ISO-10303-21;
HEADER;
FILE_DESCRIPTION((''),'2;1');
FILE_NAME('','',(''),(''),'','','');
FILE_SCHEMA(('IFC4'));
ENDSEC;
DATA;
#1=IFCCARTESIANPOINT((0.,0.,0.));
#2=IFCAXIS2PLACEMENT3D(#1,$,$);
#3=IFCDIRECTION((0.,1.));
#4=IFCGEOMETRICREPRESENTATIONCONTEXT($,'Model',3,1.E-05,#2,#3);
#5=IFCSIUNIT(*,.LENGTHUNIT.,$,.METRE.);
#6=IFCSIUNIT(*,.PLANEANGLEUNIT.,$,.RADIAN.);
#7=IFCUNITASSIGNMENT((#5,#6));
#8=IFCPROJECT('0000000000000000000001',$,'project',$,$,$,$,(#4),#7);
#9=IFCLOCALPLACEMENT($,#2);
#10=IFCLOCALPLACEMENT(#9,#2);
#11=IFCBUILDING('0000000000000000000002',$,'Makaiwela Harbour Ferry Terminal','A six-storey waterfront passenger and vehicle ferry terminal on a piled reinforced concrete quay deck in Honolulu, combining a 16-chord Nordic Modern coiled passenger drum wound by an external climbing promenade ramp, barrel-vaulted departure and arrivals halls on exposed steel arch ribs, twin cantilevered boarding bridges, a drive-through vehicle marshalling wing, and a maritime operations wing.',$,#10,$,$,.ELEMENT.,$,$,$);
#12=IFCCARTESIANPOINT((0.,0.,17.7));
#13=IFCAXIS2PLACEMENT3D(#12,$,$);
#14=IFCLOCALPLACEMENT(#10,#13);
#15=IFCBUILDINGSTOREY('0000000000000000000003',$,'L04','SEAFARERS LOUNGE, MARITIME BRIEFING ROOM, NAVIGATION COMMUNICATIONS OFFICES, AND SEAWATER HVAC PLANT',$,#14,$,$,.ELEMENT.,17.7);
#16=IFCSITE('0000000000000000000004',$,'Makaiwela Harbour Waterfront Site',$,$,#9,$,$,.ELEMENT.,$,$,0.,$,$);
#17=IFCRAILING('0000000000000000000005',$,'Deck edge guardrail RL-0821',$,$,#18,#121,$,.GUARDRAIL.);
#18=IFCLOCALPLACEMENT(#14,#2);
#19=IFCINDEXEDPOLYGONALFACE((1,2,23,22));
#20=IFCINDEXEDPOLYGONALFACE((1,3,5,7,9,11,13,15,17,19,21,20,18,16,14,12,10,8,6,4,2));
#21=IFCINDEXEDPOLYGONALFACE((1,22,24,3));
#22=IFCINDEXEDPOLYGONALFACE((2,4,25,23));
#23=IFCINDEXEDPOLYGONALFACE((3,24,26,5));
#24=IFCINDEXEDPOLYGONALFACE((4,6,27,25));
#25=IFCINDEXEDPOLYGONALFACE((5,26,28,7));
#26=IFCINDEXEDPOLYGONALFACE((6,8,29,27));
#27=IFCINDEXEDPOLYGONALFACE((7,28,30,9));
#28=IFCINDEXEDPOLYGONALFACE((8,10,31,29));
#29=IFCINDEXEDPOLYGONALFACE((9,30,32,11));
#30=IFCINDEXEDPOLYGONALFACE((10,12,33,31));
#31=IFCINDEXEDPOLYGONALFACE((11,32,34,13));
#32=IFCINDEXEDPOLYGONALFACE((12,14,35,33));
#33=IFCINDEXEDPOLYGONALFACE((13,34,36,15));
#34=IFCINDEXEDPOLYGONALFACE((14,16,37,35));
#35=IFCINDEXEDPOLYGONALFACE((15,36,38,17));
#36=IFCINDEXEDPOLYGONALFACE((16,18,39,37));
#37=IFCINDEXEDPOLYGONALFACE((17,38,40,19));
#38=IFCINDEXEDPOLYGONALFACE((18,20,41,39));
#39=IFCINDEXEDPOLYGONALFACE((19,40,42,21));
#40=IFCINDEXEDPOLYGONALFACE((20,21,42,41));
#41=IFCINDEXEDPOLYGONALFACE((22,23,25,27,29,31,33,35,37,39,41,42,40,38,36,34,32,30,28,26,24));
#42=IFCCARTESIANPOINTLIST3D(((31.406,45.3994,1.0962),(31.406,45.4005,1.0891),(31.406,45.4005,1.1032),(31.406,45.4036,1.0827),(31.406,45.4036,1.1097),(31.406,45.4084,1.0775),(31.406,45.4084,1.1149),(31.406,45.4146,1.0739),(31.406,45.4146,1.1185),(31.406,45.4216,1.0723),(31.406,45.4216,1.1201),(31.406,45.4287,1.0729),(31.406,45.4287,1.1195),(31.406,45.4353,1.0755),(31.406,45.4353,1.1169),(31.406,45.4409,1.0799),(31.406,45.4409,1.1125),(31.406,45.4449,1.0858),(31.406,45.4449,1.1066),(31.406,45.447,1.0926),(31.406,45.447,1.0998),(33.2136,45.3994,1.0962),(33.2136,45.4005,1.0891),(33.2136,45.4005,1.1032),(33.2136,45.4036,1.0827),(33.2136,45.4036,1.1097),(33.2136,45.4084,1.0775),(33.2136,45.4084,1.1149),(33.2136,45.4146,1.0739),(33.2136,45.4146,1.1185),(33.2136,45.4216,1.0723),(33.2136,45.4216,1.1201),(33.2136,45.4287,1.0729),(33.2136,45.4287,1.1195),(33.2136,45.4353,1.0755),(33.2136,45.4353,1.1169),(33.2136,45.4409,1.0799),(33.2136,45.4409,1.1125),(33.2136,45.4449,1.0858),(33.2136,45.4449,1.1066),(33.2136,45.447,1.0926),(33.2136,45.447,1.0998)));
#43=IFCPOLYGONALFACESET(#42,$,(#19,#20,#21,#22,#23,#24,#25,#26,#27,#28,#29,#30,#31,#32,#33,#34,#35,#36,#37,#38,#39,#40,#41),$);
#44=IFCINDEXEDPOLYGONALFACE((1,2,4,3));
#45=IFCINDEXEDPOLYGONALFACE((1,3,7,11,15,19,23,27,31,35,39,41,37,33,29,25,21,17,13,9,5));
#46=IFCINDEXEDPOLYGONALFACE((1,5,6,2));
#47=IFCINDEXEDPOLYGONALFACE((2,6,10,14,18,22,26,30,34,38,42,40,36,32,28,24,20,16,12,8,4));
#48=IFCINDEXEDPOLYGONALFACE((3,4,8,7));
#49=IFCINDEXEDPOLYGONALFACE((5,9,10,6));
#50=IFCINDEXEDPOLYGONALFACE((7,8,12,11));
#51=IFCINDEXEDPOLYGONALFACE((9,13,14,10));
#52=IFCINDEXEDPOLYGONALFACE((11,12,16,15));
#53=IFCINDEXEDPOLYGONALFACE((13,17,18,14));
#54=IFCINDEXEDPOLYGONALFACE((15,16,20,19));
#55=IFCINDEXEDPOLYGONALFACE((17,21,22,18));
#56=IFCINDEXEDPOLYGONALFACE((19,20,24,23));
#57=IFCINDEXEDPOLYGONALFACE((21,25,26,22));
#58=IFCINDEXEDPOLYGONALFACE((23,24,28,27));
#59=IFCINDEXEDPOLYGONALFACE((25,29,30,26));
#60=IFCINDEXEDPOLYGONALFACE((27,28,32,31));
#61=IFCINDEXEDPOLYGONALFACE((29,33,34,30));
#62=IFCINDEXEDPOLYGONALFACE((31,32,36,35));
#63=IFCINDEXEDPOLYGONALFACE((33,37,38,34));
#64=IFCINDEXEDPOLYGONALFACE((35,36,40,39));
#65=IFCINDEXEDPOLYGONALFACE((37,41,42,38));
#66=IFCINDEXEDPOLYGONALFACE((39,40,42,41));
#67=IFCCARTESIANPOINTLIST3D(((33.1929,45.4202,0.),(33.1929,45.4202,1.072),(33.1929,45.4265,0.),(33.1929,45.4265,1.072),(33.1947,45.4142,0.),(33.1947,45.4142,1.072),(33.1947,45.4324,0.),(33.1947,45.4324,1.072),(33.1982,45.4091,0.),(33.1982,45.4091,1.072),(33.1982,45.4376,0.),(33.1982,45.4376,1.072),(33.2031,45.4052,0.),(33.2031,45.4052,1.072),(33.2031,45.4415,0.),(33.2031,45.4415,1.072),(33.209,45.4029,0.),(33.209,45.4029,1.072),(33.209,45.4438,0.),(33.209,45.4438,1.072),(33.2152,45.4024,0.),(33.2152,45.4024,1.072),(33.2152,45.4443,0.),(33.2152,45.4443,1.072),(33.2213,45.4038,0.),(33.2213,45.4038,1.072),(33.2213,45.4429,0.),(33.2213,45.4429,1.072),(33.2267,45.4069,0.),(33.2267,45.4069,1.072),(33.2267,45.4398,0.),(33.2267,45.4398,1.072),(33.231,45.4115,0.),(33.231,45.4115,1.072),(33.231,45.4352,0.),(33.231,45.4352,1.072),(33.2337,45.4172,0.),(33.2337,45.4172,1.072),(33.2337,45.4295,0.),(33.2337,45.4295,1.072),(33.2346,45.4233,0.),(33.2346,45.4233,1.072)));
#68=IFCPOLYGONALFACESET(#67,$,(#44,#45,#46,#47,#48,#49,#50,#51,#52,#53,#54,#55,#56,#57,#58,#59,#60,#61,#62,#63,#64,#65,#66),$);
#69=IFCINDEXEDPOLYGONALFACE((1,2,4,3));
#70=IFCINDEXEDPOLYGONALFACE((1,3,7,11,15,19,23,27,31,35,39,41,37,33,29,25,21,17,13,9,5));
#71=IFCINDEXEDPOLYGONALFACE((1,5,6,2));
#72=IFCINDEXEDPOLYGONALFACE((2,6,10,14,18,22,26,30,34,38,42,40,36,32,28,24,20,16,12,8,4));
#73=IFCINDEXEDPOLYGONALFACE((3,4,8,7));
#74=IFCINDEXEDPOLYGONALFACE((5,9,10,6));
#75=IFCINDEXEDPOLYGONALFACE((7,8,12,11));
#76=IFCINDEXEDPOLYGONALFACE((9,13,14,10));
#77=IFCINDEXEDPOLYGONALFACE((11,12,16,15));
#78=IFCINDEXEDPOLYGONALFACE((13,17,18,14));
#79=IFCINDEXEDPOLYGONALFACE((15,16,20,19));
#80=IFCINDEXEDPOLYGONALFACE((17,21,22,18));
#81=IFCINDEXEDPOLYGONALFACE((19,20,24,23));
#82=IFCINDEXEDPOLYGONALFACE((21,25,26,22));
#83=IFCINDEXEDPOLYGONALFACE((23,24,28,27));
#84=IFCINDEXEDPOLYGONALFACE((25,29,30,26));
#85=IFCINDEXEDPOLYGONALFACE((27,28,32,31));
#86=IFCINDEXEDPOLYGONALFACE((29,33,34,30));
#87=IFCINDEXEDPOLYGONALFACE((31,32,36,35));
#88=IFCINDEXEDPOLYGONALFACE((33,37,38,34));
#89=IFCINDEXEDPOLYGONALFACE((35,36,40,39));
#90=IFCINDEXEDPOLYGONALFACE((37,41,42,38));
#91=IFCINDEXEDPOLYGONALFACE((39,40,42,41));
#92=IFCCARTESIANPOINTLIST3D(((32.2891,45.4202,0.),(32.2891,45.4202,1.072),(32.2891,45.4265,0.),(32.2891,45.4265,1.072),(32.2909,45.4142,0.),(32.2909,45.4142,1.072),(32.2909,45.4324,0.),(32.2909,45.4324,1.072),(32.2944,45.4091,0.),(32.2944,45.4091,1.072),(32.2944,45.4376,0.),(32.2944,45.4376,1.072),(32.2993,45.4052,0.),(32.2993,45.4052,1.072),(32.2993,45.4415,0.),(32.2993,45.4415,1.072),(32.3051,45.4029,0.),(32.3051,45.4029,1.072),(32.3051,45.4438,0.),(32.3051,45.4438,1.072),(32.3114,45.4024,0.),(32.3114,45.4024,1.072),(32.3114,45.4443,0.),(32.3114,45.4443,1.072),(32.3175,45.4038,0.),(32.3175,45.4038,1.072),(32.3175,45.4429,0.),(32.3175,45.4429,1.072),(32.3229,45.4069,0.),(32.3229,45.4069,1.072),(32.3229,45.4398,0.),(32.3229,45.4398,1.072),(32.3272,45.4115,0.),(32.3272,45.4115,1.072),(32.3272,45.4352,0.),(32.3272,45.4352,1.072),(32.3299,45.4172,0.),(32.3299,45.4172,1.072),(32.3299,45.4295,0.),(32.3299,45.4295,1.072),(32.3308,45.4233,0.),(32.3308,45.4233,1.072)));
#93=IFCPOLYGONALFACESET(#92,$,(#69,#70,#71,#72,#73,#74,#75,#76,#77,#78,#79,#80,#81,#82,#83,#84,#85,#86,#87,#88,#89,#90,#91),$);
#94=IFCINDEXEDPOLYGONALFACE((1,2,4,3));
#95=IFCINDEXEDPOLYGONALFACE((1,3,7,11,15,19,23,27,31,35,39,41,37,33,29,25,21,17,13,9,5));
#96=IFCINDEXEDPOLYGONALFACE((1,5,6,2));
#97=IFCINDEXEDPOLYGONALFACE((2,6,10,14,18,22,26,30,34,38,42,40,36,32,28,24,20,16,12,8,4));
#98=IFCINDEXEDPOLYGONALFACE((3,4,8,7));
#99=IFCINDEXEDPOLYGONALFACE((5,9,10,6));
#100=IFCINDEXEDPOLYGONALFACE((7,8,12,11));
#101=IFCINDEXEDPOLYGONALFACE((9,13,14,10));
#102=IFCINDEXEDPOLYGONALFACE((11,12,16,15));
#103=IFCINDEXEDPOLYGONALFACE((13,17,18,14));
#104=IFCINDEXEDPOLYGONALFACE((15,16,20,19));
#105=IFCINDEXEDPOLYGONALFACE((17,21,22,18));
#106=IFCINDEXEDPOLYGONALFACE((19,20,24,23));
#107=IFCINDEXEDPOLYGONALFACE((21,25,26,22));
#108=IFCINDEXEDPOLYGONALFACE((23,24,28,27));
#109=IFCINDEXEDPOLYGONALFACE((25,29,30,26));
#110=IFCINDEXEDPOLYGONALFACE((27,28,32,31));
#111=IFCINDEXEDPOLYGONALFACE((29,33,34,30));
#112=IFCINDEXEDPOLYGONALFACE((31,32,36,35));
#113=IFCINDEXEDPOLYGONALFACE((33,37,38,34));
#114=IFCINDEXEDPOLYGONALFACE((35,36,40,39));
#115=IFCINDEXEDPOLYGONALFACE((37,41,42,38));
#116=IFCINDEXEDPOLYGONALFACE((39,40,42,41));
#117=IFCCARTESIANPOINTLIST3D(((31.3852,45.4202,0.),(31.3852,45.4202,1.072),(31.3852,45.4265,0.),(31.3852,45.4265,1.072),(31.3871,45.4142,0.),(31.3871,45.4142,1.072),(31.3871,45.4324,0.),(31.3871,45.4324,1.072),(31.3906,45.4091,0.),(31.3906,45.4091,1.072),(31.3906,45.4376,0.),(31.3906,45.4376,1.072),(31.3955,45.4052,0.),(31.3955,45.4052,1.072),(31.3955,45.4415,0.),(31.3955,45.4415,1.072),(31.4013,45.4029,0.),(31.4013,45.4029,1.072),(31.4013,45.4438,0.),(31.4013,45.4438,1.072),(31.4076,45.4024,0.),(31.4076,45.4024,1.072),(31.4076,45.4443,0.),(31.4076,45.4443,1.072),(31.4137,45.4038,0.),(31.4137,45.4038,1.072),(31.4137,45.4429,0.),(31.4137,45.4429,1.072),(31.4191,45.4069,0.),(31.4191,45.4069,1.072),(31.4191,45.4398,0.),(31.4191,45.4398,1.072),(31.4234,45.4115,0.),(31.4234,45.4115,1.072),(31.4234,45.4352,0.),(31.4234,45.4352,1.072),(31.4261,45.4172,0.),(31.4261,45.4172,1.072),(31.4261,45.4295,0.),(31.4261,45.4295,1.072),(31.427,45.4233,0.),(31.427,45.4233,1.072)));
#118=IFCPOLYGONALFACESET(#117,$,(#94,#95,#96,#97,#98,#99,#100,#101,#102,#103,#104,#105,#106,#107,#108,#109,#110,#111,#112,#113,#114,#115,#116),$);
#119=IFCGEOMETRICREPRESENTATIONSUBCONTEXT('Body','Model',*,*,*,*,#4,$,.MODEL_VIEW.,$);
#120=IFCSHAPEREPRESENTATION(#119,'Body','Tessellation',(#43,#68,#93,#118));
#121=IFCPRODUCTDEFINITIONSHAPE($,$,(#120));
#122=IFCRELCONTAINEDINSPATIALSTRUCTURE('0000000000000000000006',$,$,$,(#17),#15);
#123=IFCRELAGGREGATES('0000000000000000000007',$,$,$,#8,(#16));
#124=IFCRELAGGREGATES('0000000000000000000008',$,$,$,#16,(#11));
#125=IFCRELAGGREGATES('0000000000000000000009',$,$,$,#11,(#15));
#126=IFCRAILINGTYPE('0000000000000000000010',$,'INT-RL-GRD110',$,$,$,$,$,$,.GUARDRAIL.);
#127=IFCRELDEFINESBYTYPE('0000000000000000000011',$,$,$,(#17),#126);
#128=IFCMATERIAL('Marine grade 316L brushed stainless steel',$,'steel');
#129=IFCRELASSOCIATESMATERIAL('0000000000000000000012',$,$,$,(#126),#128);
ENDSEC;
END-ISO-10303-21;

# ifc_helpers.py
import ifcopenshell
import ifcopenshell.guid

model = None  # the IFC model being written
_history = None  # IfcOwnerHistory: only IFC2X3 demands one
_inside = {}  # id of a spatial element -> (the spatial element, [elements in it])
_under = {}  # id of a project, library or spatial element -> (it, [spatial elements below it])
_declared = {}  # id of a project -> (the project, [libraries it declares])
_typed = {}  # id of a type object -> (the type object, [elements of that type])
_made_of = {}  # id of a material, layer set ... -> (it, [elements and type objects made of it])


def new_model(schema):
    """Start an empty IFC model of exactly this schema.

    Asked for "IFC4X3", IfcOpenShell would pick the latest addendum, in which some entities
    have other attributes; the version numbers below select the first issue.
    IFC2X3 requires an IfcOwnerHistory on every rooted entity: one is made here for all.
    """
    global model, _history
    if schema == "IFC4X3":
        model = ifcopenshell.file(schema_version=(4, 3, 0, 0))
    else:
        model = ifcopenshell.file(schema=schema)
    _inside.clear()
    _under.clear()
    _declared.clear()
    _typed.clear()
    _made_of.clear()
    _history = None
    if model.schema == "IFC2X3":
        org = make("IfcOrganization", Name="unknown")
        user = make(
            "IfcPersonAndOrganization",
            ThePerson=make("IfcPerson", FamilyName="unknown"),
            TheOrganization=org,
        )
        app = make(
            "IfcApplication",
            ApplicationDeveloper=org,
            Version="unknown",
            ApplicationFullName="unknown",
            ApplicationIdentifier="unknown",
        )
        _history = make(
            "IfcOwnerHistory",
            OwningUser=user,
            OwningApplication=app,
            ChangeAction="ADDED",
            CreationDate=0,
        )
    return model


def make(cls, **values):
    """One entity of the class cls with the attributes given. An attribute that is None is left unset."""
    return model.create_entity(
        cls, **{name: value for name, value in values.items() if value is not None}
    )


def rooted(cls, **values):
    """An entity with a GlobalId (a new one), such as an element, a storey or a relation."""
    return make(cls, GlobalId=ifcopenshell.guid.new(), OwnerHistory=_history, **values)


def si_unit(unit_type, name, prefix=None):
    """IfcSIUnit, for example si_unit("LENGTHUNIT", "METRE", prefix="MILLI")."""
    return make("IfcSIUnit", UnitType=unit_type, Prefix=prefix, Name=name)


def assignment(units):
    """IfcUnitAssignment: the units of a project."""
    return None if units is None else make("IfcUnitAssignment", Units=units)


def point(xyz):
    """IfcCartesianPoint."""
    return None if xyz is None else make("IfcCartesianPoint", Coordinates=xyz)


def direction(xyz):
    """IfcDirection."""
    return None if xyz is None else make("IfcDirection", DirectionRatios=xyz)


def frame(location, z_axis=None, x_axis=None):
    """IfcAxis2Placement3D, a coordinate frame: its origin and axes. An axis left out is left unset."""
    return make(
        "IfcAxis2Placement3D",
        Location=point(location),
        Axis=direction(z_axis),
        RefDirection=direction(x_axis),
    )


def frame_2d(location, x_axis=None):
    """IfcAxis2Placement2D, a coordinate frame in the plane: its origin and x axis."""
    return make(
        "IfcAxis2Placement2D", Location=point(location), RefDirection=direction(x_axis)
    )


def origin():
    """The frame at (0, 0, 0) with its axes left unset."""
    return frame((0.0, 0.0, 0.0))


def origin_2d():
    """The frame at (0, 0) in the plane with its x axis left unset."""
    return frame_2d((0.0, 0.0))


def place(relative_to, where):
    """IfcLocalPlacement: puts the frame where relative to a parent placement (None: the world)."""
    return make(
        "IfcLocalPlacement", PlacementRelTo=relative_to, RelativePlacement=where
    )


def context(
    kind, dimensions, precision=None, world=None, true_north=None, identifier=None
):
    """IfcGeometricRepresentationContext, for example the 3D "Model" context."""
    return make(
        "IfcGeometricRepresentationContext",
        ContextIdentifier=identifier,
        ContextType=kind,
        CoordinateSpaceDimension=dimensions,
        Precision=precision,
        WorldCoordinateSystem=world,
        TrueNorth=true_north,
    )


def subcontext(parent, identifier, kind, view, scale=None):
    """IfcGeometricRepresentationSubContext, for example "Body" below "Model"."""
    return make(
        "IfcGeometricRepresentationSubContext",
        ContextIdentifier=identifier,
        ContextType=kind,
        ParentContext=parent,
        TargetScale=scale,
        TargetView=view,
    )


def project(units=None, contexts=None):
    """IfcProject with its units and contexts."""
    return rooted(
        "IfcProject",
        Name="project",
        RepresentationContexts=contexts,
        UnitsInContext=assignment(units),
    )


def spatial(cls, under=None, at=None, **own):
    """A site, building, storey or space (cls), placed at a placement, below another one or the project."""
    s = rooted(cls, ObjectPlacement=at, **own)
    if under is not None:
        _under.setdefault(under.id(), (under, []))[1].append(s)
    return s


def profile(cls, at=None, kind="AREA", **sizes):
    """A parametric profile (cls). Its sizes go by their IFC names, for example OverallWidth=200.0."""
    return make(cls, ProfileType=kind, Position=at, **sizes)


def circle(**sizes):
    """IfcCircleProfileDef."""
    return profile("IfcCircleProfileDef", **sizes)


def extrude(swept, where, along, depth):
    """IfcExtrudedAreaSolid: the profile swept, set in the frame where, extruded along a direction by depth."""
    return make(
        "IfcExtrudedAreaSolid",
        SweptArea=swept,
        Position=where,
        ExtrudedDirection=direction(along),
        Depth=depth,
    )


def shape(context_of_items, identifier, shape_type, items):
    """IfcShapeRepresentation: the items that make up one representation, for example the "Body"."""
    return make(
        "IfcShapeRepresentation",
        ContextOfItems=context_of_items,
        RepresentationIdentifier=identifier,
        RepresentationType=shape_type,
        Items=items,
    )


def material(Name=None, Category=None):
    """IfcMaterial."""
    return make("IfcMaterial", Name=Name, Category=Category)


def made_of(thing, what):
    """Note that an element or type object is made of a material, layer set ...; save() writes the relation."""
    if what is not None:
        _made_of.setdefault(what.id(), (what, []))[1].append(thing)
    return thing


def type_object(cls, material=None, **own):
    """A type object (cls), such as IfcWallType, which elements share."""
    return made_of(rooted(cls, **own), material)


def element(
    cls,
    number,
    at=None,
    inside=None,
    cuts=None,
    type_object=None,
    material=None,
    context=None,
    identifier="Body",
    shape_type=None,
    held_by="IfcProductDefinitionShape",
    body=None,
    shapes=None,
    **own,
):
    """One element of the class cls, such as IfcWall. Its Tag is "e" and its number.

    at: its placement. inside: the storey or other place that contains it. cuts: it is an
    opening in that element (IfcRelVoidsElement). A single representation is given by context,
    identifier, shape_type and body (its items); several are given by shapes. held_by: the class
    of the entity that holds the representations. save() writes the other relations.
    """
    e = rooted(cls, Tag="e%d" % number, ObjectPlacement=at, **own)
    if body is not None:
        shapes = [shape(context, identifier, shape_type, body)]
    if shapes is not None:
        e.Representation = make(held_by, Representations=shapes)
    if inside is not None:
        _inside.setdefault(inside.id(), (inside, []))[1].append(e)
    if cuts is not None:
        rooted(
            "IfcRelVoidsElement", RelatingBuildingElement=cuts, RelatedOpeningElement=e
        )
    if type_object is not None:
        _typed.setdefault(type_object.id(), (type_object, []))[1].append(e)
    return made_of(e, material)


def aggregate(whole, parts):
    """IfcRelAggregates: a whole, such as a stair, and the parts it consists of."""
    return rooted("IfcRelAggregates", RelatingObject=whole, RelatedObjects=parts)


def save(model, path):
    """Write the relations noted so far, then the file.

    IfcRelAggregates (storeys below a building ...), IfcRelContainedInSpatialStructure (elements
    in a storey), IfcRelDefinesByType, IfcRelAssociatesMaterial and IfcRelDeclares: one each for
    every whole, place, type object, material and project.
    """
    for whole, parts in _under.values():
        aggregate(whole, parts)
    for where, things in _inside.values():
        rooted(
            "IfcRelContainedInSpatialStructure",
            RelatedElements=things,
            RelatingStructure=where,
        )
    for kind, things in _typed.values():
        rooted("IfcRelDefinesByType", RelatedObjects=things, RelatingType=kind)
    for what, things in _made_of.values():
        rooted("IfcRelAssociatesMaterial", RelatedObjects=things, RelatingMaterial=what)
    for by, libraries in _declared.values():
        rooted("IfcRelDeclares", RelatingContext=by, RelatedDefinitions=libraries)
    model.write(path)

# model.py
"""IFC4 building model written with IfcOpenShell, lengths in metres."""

from ifc_helpers import new_model, si_unit, direction, frame, origin, origin_2d, place, context, subcontext, project, spatial, circle, extrude, material, type_object, element, save


model = new_model("IFC4")

# Units and contexts
model_context = context("Model", 3, precision=1e-05, world=origin(), true_north=direction((0.0, 1.0)))
body_context = subcontext(model_context, "Body", "Model", "MODEL_VIEW")
ifc_project = project(units=[si_unit("LENGTHUNIT", "METRE"), si_unit("PLANEANGLEUNIT", "RADIAN")], contexts=[model_context])

# Site, building, storey
site_placement = place(None, origin())
site = spatial("IfcSite", under=ifc_project, at=site_placement, Name="Makaiwela Harbour Waterfront Site", CompositionType="ELEMENT", RefElevation=0.0)
building_placement = place(site_placement, origin())
building = spatial("IfcBuilding", under=site, at=building_placement, Name="Makaiwela Harbour Ferry Terminal", Description="A six-storey waterfront passenger and vehicle ferry terminal on a piled reinforced concrete quay deck in Honolulu, combining a 16-chord Nordic Modern coiled passenger drum wound by an external climbing promenade ramp, barrel-vaulted departure and arrivals halls on exposed steel arch ribs, twin cantilevered boarding bridges, a drive-through vehicle marshalling wing, and a maritime operations wing.", CompositionType="ELEMENT")
storey_placement = place(building_placement, frame((0.0, 0.0, 17.7)))
storey = spatial("IfcBuildingStorey", under=building, at=storey_placement, Name="L04", Description="SEAFARERS LOUNGE, MARITIME BRIEFING ROOM, NAVIGATION COMMUNICATIONS OFFICES, AND SEAWATER HVAC PLANT", CompositionType="ELEMENT", Elevation=17.7)

# Railing
ifc_material_1 = material(Name="Marine grade 316L brushed stainless steel", Category="steel")
railing_type = type_object("IfcRailingType", Name="INT-RL-GRD110", PredefinedType="GUARDRAIL", material=ifc_material_1)
railing_1_placement = place(storey_placement, frame((33.2136, 45.4233, 0.0)))
element("IfcRailing", 1, at=railing_1_placement, inside=storey, type_object=railing_type, Name="Deck edge guardrail RL-0821", PredefinedType="GUARDRAIL", context=body_context, shape_type="SweptSolid", body=[
    extrude(circle(Radius=0.0239, at=origin_2d()), frame((0.0, 0.0, 1.0962), z_axis=(-1.0, 0.0, 0.0), x_axis=(0.0, -1.0, 0.0)), (0.0, 0.0, 1.0), 1.8076),
    extrude(circle(Radius=0.021, at=origin_2d()), origin(), (0.0, 0.0, 1.0), 1.072),
    extrude(circle(Radius=0.021, at=origin_2d()), frame((-0.9038, 0.0, 0.0)), (0.0, 0.0, 1.0), 1.072),
    extrude(circle(Radius=0.021, at=origin_2d()), frame((-1.8076, 0.0, 0.0)), (0.0, 0.0, 1.0), 1.072),
])

save(model, "model.ifc")
